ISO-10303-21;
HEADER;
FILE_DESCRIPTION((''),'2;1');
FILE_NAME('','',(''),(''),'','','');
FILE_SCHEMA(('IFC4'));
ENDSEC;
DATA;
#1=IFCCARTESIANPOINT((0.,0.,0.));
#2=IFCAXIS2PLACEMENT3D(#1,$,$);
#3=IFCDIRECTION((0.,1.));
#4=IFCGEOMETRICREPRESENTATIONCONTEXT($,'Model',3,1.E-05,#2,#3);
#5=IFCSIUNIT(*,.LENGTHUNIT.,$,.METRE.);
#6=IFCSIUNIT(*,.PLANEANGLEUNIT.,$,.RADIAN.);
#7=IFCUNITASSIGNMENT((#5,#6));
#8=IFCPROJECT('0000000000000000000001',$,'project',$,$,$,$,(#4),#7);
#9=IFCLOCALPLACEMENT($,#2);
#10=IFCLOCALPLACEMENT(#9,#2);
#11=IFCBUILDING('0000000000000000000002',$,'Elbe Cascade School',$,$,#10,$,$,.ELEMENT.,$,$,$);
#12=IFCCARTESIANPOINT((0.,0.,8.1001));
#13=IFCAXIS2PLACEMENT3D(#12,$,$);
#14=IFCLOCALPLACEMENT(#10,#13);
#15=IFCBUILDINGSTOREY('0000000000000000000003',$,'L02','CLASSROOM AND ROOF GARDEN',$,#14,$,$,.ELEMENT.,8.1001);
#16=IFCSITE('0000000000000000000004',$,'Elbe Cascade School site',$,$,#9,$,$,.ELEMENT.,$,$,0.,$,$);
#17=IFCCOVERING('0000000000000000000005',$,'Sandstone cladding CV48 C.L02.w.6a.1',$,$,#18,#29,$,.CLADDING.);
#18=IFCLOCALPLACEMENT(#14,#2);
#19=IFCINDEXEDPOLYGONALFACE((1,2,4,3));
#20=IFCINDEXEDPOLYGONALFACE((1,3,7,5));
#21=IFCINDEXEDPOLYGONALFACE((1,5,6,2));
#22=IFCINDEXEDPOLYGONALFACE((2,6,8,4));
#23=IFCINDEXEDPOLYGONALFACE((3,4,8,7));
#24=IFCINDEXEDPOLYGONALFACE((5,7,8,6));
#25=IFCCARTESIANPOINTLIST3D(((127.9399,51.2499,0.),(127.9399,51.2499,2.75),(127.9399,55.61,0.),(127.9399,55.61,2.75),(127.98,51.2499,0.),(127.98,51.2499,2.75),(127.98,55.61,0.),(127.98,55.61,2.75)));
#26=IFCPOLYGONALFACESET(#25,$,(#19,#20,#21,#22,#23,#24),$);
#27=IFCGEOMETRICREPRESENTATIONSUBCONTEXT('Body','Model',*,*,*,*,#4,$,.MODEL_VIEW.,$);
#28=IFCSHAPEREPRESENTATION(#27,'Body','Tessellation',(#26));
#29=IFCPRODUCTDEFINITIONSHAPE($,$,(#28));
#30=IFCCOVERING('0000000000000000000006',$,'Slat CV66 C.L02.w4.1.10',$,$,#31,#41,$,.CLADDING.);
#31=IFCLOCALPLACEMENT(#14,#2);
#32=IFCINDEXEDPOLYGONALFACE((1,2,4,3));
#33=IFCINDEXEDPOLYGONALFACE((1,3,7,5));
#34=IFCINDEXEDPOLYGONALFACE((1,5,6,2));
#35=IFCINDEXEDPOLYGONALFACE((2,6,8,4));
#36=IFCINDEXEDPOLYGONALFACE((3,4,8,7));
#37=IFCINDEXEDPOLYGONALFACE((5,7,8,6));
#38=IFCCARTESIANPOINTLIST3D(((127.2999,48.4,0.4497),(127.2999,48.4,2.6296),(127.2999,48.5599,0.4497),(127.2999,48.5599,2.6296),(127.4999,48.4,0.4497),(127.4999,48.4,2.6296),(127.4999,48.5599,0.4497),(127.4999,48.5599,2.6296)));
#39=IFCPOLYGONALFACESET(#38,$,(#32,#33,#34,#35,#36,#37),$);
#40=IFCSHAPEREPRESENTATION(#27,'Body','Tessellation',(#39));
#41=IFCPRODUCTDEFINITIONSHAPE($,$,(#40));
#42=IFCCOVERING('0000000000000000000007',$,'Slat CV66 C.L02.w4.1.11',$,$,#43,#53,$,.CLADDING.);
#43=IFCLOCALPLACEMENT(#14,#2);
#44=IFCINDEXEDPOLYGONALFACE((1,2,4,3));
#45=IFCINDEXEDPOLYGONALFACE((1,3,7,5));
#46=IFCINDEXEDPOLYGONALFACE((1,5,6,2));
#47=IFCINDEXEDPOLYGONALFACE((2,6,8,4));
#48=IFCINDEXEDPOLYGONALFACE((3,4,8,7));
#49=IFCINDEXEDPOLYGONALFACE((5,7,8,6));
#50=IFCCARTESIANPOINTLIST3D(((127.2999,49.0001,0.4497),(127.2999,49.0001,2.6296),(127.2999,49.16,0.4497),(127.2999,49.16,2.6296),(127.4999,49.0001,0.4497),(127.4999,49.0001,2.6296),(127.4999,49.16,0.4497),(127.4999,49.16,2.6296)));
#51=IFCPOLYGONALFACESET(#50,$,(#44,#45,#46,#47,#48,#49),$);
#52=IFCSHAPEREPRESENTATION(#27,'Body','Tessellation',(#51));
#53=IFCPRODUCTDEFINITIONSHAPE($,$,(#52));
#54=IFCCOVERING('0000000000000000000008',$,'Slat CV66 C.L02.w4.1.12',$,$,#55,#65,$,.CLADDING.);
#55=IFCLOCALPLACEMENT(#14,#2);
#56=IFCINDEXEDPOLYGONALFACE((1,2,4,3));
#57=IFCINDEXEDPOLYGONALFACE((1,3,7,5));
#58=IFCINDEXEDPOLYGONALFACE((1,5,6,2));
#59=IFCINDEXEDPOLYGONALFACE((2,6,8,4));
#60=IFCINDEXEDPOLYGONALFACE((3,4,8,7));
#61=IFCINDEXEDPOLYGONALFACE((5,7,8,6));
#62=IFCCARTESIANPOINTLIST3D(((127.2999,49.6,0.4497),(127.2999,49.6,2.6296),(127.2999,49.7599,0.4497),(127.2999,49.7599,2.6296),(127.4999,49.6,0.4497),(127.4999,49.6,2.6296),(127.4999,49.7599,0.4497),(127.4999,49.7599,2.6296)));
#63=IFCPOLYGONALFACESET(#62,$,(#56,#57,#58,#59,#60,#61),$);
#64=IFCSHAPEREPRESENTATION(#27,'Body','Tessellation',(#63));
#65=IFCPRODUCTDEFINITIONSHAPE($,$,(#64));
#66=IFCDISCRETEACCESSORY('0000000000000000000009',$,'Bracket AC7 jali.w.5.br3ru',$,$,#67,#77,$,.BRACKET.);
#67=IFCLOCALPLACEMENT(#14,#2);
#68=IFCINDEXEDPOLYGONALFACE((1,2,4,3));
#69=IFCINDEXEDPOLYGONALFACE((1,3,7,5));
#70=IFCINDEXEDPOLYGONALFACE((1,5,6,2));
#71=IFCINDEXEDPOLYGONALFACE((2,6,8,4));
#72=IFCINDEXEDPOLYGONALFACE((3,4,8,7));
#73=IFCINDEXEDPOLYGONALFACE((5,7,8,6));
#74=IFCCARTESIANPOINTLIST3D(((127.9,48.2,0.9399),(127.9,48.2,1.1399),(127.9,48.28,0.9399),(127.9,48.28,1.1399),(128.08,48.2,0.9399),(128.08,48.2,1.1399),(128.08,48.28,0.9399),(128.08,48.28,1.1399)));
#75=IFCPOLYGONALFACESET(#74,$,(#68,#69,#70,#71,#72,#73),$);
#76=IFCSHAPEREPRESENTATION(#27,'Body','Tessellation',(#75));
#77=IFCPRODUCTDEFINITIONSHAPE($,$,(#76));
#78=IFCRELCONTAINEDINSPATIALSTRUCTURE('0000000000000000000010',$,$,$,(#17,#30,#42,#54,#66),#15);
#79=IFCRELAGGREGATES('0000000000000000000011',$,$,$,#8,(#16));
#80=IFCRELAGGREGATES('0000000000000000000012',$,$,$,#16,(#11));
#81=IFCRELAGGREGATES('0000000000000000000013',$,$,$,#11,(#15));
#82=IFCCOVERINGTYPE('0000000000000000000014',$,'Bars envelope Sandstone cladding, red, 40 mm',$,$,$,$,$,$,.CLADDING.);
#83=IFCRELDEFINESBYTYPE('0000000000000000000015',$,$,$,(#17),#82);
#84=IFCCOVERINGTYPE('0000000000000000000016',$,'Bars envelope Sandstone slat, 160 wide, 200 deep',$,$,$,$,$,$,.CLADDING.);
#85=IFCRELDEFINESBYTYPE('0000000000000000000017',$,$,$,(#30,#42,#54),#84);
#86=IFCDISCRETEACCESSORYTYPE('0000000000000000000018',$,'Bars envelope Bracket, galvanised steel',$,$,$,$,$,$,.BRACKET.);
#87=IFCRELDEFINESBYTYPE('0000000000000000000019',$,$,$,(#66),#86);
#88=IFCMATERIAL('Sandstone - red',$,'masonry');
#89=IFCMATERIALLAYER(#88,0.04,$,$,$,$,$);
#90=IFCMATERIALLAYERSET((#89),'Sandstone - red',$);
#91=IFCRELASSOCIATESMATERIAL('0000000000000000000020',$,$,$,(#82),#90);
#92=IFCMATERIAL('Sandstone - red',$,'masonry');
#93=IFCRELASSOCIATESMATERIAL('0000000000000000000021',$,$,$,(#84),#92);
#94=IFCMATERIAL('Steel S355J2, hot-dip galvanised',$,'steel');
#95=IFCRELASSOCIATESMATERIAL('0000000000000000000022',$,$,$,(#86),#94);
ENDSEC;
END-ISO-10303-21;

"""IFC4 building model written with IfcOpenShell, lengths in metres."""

from ifc_helpers import new_model, si_unit, direction, frame, origin, origin_2d, place, context, subcontext, project, spatial, rectangle, extrude, material, layer, layer_set, type_object, element, save


model = new_model("IFC4")

# Units and contexts
model_context = context("Model", 3, precision=1e-05, world=origin(), true_north=direction((0.0, 1.0)))
body_context = subcontext(model_context, "Body", "Model", "MODEL_VIEW")
ifc_project = project(units=[si_unit("LENGTHUNIT", "METRE"), si_unit("PLANEANGLEUNIT", "RADIAN")], contexts=[model_context])

# Site, building, storey
site_placement = place(None, origin())
site = spatial("IfcSite", under=ifc_project, at=site_placement, Name="Elbe Cascade School site", CompositionType="ELEMENT", RefElevation=0.0)
building_placement = place(site_placement, origin())
building = spatial("IfcBuilding", under=site, at=building_placement, Name="Elbe Cascade School", CompositionType="ELEMENT")
storey_placement = place(building_placement, frame((0.0, 0.0, 8.1001)))
storey = spatial("IfcBuildingStorey", under=building, at=storey_placement, Name="L02", Description="CLASSROOM AND ROOF GARDEN", CompositionType="ELEMENT", Elevation=8.1001)

# Coverings
ifc_material_1 = material(Name="Sandstone - red", Category="masonry")
ifc_layer_1 = layer(ifc_material_1, 0.04)
ifc_layer_set_1 = layer_set([ifc_layer_1], Name="Sandstone - red")
covering_type_1 = type_object("IfcCoveringType", Name="Bars envelope Sandstone cladding, red, 40 mm", PredefinedType="CLADDING", material=ifc_layer_set_1)
covering_placement = place(storey_placement, frame((127.96, 53.4299, 0.0), z_axis=(0.0, 0.0, 1.0), x_axis=(0.0, 1.0, 0.0)))
element("IfcCovering", 1, at=covering_placement, inside=storey, type_object=covering_type_1, Name="Sandstone cladding CV48 C.L02.w.6a.1", PredefinedType="CLADDING", context=body_context, shape_type="SweptSolid", body=[
    extrude(rectangle(XDim=4.3601, YDim=0.04, at=origin_2d()), origin(), (0.0, 0.0, 1.0), 2.75),
])
ifc_material_2 = material(Name="Sandstone - red", Category="masonry")
covering_type_2 = type_object("IfcCoveringType", Name="Bars envelope Sandstone slat, 160 wide, 200 deep", PredefinedType="CLADDING", material=ifc_material_2)
for number, where, z_axis, x_axis, name in (
    (2, (127.3999, 48.48, 0.4497), (0.0, 0.0, 1.0), (0.0, 1.0, 0.0), "Slat CV66 C.L02.w4.1.10"),
    (3, (127.3999, 49.0801, 0.4497), (0.0, 0.0, 1.0), (0.0, 1.0, 0.0), "Slat CV66 C.L02.w4.1.11"),
    (4, (127.3999, 49.6799, 0.4497), (0.0, 0.0, 1.0), (0.0, 1.0, 0.0), "Slat CV66 C.L02.w4.1.12"),
):
    element("IfcCovering", number, at=place(storey_placement, frame(where, z_axis=z_axis, x_axis=x_axis)), inside=storey, type_object=covering_type_2, Name=name, PredefinedType="CLADDING", context=body_context, shape_type="SweptSolid", body=[
        extrude(rectangle(XDim=0.1599, YDim=0.2, at=origin_2d()), origin(), (0.0, 0.0, 1.0), 2.1799),
    ])

# Discrete accessory
ifc_material_3 = material(Name="Steel S355J2, hot-dip galvanised", Category="steel")
discrete_accessory_type = type_object("IfcDiscreteAccessoryType", Name="Bars envelope Bracket, galvanised steel", PredefinedType="BRACKET", material=ifc_material_3)
discrete_accessory_placement = place(storey_placement, frame((127.99, 48.24, 0.9399), z_axis=(0.0, 0.0, 1.0), x_axis=(0.0, 1.0, 0.0)))
element("IfcDiscreteAccessory", 5, at=discrete_accessory_placement, inside=storey, type_object=discrete_accessory_type, Name="Bracket AC7 jali.w.5.br3ru", PredefinedType="BRACKET", context=body_context, shape_type="SweptSolid", body=[
    extrude(rectangle(XDim=0.0801, YDim=0.1799, at=origin_2d()), origin(), (0.0, 0.0, 1.0), 0.2),
])

save(model, "model.ifc")
